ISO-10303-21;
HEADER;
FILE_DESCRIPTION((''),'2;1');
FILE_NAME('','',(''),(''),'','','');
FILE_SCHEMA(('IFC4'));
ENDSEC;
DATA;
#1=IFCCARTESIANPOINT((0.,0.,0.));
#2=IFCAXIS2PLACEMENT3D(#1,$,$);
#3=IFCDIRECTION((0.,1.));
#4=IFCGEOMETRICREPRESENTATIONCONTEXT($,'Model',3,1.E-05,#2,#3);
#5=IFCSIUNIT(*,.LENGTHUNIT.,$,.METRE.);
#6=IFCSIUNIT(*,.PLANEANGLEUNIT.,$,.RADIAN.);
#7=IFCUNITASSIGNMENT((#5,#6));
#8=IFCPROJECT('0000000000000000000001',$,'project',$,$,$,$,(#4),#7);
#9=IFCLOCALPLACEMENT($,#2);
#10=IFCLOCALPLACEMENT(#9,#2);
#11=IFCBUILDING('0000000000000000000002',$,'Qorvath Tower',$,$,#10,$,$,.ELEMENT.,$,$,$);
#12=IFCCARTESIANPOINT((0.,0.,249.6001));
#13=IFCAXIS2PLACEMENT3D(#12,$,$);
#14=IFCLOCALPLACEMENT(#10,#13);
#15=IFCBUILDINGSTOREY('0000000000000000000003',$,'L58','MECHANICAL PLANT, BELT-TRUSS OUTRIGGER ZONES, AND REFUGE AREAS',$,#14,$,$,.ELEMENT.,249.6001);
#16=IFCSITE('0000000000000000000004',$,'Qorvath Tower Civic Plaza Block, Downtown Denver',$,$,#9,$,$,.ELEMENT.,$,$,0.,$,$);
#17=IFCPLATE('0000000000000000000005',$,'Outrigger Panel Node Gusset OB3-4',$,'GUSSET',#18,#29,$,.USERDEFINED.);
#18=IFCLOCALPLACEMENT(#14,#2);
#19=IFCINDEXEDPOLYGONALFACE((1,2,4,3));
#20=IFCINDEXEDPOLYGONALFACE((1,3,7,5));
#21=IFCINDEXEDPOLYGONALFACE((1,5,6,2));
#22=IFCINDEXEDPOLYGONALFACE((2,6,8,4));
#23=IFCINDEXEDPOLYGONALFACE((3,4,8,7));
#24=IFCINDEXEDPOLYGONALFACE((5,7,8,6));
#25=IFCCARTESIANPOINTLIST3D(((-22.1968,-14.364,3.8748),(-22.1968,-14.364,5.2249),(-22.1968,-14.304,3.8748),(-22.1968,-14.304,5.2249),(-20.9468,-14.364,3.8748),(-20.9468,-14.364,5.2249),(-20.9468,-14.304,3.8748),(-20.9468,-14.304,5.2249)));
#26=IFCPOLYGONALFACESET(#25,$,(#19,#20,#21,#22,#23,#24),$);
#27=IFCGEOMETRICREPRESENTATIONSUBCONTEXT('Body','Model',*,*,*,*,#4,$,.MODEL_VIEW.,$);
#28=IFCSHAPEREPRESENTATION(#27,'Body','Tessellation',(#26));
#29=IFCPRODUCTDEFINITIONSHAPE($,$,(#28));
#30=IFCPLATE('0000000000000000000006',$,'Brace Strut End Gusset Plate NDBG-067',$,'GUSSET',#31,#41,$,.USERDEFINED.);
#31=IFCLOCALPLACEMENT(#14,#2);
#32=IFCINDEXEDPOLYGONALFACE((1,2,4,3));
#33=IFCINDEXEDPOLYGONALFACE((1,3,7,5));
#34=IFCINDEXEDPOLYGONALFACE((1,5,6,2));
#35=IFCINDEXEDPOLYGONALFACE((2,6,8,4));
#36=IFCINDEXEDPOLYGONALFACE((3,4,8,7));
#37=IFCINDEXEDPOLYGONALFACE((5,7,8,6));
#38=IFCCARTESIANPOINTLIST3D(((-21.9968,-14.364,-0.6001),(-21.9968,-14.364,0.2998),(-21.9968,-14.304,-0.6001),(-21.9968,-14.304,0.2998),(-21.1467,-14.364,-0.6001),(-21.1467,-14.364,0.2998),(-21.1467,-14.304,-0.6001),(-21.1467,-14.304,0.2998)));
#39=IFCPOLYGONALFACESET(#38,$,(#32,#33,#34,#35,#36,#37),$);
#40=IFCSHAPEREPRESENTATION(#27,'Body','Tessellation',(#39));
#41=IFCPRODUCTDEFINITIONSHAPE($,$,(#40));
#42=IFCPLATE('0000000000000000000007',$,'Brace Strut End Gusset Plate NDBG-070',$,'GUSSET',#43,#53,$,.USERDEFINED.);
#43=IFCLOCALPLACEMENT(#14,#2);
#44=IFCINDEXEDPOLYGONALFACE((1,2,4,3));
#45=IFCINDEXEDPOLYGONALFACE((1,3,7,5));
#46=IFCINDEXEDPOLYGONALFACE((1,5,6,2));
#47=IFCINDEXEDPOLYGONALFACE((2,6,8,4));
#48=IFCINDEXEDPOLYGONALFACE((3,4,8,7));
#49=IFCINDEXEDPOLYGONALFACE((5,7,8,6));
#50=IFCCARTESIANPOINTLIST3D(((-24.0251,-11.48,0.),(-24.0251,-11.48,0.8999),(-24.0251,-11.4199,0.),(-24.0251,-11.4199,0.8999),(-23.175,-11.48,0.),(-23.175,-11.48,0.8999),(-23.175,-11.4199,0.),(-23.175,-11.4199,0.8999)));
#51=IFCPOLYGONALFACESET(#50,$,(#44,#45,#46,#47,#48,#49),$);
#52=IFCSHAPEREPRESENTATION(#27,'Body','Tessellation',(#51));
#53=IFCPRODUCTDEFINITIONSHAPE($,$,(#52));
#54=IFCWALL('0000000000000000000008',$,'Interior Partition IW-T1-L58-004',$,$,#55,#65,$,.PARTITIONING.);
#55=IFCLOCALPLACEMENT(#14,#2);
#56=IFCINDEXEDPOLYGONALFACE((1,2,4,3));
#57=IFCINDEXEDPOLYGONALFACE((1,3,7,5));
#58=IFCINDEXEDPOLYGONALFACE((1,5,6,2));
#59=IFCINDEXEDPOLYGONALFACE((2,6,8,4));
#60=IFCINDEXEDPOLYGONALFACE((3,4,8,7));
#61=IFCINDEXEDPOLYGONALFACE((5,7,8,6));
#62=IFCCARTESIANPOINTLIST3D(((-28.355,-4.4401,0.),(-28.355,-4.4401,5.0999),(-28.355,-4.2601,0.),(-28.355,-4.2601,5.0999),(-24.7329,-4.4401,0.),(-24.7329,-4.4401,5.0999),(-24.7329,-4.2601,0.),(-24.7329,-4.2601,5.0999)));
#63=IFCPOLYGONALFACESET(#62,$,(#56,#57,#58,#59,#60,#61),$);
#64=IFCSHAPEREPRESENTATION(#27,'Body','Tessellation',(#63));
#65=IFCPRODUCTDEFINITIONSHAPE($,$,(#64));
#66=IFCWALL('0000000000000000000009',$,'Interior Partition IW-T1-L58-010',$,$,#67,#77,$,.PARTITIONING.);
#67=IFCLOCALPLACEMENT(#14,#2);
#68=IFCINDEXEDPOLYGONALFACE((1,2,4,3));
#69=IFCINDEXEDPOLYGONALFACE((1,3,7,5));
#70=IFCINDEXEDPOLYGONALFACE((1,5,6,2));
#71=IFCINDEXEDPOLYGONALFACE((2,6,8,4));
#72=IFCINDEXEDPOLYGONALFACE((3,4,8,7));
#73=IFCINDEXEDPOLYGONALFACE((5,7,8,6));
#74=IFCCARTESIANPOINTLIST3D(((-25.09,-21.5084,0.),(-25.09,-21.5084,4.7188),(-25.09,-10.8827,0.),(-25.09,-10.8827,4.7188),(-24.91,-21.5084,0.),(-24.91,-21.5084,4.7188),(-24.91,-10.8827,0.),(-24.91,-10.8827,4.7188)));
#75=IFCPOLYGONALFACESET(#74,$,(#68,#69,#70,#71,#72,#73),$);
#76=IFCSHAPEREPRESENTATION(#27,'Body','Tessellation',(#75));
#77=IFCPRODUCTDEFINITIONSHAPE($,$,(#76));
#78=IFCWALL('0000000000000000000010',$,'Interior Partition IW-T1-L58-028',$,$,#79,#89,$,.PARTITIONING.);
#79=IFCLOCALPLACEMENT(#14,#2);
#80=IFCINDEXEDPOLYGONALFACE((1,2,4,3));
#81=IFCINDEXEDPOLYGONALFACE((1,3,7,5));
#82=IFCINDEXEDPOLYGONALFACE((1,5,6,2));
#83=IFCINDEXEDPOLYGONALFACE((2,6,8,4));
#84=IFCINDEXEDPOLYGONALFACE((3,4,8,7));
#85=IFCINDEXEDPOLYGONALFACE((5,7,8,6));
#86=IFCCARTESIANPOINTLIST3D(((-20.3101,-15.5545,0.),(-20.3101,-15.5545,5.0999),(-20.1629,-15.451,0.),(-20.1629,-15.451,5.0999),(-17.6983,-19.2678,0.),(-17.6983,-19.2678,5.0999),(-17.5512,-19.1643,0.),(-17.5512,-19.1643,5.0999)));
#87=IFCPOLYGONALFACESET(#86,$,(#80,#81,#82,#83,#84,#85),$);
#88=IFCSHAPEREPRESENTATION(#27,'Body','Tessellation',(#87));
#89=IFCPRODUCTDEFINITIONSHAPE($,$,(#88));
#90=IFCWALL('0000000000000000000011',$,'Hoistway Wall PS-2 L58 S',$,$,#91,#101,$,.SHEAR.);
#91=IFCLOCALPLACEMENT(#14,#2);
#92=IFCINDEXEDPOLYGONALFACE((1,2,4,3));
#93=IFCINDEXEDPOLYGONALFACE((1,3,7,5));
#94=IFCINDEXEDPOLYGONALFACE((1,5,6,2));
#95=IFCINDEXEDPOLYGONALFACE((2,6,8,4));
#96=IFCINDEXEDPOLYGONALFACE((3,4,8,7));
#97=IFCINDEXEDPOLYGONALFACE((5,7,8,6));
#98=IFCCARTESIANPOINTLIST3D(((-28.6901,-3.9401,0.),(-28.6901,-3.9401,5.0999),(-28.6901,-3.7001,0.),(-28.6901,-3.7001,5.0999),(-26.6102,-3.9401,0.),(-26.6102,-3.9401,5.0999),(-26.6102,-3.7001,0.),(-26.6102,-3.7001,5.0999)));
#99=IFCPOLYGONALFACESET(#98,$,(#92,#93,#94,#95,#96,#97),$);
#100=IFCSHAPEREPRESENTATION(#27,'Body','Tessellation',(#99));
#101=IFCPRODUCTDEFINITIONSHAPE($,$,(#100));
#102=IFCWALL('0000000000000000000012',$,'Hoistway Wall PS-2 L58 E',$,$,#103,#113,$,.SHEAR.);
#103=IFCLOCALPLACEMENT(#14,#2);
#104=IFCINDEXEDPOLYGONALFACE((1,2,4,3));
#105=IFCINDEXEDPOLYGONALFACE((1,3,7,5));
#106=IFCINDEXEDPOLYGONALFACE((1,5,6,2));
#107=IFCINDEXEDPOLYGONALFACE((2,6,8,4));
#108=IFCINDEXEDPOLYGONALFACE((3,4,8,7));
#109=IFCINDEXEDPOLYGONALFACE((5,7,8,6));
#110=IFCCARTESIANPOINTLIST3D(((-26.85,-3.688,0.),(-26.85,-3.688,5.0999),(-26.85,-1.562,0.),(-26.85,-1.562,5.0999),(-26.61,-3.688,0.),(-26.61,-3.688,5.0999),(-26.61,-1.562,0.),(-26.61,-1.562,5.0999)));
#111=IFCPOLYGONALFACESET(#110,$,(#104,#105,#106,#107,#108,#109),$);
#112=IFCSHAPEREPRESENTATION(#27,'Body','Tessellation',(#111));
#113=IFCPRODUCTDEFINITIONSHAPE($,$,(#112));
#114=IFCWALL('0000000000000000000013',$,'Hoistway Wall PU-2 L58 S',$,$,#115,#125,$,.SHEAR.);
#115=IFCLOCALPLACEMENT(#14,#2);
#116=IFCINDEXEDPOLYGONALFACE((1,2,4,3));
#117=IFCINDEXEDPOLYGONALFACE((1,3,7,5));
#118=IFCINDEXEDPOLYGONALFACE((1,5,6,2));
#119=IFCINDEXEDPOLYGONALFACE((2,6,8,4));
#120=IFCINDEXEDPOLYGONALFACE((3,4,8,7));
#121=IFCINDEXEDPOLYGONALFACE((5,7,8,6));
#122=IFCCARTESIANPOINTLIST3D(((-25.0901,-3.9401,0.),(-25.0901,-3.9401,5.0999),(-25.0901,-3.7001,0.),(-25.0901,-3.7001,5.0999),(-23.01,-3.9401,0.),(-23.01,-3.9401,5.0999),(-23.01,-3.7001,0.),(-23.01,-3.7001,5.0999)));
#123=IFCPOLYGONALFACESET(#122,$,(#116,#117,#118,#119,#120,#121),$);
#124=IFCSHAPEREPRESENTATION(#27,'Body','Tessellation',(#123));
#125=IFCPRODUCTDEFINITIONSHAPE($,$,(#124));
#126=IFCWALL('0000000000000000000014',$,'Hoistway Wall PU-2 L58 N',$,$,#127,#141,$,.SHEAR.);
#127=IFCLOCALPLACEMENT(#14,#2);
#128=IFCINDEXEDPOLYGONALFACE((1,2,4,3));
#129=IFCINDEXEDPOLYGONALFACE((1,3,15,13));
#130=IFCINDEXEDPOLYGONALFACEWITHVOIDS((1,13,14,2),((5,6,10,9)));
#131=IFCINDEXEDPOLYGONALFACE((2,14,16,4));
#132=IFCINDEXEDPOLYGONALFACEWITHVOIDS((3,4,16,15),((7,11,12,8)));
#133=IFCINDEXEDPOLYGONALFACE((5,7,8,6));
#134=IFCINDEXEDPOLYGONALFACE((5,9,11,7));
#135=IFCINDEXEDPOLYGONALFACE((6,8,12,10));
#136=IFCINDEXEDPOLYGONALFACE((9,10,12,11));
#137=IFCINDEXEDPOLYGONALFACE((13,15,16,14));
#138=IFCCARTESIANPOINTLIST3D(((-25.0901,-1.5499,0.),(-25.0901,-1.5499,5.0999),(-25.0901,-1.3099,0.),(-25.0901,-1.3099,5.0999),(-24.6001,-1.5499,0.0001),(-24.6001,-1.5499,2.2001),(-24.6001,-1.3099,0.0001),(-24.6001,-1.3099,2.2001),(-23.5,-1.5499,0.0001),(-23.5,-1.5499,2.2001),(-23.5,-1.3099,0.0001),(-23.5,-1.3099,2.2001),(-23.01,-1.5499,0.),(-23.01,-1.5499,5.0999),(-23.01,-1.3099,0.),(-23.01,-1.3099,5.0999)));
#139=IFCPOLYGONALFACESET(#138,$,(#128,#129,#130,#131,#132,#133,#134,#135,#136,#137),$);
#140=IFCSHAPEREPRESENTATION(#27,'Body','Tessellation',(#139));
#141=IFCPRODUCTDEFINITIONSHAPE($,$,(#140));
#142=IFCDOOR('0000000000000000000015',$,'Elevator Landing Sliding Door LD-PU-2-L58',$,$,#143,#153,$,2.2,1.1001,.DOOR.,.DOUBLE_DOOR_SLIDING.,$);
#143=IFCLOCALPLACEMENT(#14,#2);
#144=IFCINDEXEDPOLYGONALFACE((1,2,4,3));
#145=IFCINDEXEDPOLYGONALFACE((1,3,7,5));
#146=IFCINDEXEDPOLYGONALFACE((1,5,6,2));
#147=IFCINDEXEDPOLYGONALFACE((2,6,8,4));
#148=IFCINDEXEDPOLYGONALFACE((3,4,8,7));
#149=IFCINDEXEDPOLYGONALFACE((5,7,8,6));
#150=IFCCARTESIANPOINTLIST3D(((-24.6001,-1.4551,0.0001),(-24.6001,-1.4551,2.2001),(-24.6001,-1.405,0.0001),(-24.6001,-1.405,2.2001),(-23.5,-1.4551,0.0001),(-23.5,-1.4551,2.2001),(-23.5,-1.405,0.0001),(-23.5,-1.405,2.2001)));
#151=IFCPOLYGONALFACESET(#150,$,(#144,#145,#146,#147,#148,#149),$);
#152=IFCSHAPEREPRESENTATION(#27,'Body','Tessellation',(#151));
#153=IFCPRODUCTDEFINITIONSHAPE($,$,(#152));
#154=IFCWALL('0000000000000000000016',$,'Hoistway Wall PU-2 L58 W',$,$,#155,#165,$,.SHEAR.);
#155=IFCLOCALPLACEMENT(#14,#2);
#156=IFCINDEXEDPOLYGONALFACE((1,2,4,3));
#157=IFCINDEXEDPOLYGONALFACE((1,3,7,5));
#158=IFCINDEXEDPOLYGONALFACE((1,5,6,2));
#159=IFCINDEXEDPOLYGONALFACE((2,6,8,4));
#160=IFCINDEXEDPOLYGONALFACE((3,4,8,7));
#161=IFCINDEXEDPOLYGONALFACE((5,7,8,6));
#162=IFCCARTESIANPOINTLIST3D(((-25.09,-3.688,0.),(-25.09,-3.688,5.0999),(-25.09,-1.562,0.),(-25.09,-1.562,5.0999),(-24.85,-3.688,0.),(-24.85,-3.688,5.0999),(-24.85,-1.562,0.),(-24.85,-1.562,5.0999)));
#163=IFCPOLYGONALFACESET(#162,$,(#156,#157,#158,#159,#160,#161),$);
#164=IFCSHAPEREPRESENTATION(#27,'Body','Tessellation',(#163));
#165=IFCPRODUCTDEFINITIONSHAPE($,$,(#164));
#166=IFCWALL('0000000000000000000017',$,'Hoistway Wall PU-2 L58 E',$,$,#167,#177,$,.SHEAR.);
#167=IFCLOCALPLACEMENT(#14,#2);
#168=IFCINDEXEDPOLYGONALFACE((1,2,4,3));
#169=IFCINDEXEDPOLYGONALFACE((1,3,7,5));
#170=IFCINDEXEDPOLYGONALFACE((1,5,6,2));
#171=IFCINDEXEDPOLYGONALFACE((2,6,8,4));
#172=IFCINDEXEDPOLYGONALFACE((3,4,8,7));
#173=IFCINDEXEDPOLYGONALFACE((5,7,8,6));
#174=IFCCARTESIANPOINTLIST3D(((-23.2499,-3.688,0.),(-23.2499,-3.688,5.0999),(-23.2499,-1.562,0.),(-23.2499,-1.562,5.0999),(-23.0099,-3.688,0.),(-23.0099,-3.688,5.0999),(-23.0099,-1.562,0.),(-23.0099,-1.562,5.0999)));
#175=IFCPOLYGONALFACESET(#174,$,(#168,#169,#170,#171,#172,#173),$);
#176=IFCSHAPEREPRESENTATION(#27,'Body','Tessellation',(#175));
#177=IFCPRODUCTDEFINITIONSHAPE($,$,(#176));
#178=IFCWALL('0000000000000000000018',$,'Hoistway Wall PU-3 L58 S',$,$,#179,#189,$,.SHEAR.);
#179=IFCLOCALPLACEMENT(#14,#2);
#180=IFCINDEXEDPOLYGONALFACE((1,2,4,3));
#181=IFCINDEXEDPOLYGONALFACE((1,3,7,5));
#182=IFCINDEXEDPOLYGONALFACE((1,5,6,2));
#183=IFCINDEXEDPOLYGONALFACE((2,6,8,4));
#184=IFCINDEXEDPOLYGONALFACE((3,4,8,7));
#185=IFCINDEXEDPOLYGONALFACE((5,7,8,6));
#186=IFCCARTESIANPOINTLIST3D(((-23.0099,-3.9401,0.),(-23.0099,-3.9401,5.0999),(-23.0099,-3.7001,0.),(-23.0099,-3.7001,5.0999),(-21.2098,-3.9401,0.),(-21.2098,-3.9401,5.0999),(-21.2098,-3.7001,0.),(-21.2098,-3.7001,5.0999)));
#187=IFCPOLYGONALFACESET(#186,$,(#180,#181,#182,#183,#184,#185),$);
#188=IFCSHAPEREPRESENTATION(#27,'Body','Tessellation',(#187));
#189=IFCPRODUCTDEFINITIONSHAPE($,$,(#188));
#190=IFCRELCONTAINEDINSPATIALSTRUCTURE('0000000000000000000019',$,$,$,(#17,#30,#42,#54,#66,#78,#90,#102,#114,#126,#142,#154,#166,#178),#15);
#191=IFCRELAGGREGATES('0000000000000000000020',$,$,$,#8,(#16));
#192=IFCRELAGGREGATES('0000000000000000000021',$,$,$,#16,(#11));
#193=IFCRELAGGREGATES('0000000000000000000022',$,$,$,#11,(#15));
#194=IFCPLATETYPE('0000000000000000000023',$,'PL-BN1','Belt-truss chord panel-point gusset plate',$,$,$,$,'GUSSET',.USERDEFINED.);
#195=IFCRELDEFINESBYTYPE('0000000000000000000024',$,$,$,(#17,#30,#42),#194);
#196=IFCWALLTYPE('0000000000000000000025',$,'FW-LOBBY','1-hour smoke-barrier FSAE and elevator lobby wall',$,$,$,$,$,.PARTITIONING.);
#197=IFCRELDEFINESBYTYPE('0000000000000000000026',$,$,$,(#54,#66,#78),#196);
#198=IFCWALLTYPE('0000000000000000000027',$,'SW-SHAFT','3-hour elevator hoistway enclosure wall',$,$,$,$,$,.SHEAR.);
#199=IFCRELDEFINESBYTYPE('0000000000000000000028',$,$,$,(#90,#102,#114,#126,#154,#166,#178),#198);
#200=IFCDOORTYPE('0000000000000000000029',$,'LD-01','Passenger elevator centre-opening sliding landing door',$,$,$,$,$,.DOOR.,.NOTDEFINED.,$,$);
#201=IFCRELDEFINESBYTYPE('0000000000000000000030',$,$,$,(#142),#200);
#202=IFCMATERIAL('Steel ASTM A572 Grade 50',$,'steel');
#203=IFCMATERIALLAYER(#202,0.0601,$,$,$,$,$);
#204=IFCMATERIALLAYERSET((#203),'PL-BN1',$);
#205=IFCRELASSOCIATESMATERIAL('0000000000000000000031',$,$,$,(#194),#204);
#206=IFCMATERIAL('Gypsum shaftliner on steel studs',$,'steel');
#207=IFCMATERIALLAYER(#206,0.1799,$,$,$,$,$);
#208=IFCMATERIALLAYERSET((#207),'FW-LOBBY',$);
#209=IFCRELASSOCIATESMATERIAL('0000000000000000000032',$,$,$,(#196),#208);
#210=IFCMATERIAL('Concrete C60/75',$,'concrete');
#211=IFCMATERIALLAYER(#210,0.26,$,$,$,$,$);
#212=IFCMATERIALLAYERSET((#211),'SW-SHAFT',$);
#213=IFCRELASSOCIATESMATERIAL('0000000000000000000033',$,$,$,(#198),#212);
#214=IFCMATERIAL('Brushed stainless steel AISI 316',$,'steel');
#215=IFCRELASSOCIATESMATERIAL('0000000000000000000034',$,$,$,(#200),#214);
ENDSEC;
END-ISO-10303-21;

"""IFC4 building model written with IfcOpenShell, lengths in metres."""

from ifc_helpers import new_model, si_unit, direction, frame, frame_2d, origin, origin_2d, place, context, subcontext, project, spatial, rectangle, extrude, material, layer, layer_set, type_object, element, fill, save


model = new_model("IFC4")

# Units and contexts
model_context = context("Model", 3, precision=1e-05, world=origin(), true_north=direction((0.0, 1.0)))
body_context = subcontext(model_context, "Body", "Model", "MODEL_VIEW")
ifc_project = project(units=[si_unit("LENGTHUNIT", "METRE"), si_unit("PLANEANGLEUNIT", "RADIAN")], contexts=[model_context])

# Site, building, storey
site_placement = place(None, origin())
site = spatial("IfcSite", under=ifc_project, at=site_placement, Name="Qorvath Tower Civic Plaza Block, Downtown Denver", CompositionType="ELEMENT", RefElevation=0.0)
building_placement = place(site_placement, origin())
building = spatial("IfcBuilding", under=site, at=building_placement, Name="Qorvath Tower", CompositionType="ELEMENT")
storey_placement = place(building_placement, frame((0.0, 0.0, 249.6001)))
storey = spatial("IfcBuildingStorey", under=building, at=storey_placement, Name="L58", Description="MECHANICAL PLANT, BELT-TRUSS OUTRIGGER ZONES, AND REFUGE AREAS", CompositionType="ELEMENT", Elevation=249.6001)

# Plates
ifc_material_1 = material(Name="Steel ASTM A572 Grade 50", Category="steel")
ifc_layer_1 = layer(ifc_material_1, 0.0601)
ifc_layer_set_1 = layer_set([ifc_layer_1], Name="PL-BN1")
plate_type = type_object("IfcPlateType", Name="PL-BN1", Description="Belt-truss chord panel-point gusset plate", ElementType="GUSSET", PredefinedType="USERDEFINED", material=ifc_layer_set_1)
plate_placement = place(storey_placement, frame((-21.5718, -14.334, 3.8748), z_axis=(0.0, 0.0, 1.0), x_axis=(1.0, 0.0, 0.0)))
element("IfcPlate", 1, at=plate_placement, inside=storey, type_object=plate_type, Name="Outrigger Panel Node Gusset OB3-4", ObjectType="GUSSET", PredefinedType="USERDEFINED", context=body_context, shape_type="SweptSolid", body=[
    extrude(rectangle(XDim=1.25, YDim=0.0601, at=origin_2d()), origin(), (0.0, 0.0, 1.0), 1.3501),
])
for number, where, z_axis, x_axis, name in (
    (2, (-21.5718, -14.334, -0.6001), (0.0, 0.0, 1.0), (1.0, 0.0, 0.0), "Brace Strut End Gusset Plate NDBG-067"),
    (3, (-23.6001, -11.45, 0.0), (0.0, 0.0, 1.0), (1.0, 0.0, 0.0), "Brace Strut End Gusset Plate NDBG-070"),
):
    element("IfcPlate", number, at=place(storey_placement, frame(where, z_axis=z_axis, x_axis=x_axis)), inside=storey, type_object=plate_type, Name=name, ObjectType="GUSSET", PredefinedType="USERDEFINED", context=body_context, shape_type="SweptSolid", body=[
        extrude(rectangle(XDim=0.8501, YDim=0.0601, at=origin_2d()), origin(), (0.0, 0.0, 1.0), 0.8999),
    ])

# Walls
ifc_material_2 = material(Name="Gypsum shaftliner on steel studs", Category="steel")
ifc_layer_2 = layer(ifc_material_2, 0.1799)
ifc_layer_set_2 = layer_set([ifc_layer_2], Name="FW-LOBBY")
wall_type_1 = type_object("IfcWallType", Name="FW-LOBBY", Description="1-hour smoke-barrier FSAE and elevator lobby wall", PredefinedType="PARTITIONING", material=ifc_layer_set_2)
wall_1_placement = place(storey_placement, frame((-24.7329, -4.3501, 0.0), z_axis=(0.0, 0.0, 1.0), x_axis=(-1.0, 0.0, 0.0)))
element("IfcWall", 4, at=wall_1_placement, inside=storey, type_object=wall_type_1, Name="Interior Partition IW-T1-L58-004", PredefinedType="PARTITIONING", context=body_context, shape_type="SweptSolid", body=[
    extrude(rectangle(XDim=3.6221, YDim=0.1799, at=frame_2d((1.811, 0.0))), origin(), (0.0, 0.0, 1.0), 5.0999),
])
wall_2_placement = place(storey_placement, frame((-25.0, -21.5085, 0.0), z_axis=(0.0, 0.0, 1.0), x_axis=(0.0, 1.0, 0.0)))
element("IfcWall", 5, at=wall_2_placement, inside=storey, type_object=wall_type_1, Name="Interior Partition IW-T1-L58-010", PredefinedType="PARTITIONING", context=body_context, shape_type="SweptSolid", body=[
    extrude(rectangle(XDim=10.6257, YDim=0.1799, at=frame_2d((5.313, 0.0))), origin(), (0.0, 0.0, 1.0), 4.7188),
])
wall_3_placement = place(storey_placement, frame((-20.2366, -15.5027, 0.0), z_axis=(0.0, 0.0, 1.0), x_axis=(0.575302, -0.817941, 0.0)))
element("IfcWall", 6, at=wall_3_placement, inside=storey, type_object=wall_type_1, Name="Interior Partition IW-T1-L58-028", PredefinedType="PARTITIONING", context=body_context, shape_type="SweptSolid", body=[
    extrude(rectangle(XDim=4.5398, YDim=0.1799, at=frame_2d((2.27, 0.0))), origin(), (0.0, 0.0, 1.0), 5.0999),
])
ifc_material_3 = material(Name="Concrete C60/75", Category="concrete")
ifc_layer_3 = layer(ifc_material_3, 0.26)
ifc_layer_set_3 = layer_set([ifc_layer_3], Name="SW-SHAFT")
wall_type_2 = type_object("IfcWallType", Name="SW-SHAFT", Description="3-hour elevator hoistway enclosure wall", PredefinedType="SHEAR", material=ifc_layer_set_3)
wall_4_placement = place(storey_placement, frame((-26.6101, -3.8201, 0.0), z_axis=(0.0, 0.0, 1.0), x_axis=(-1.0, 0.0, 0.0)))
element("IfcWall", 7, at=wall_4_placement, inside=storey, type_object=wall_type_2, Name="Hoistway Wall PS-2 L58 S", PredefinedType="SHEAR", context=body_context, shape_type="SweptSolid", body=[
    extrude(rectangle(XDim=2.0798, YDim=0.24, at=frame_2d((1.04, 0.0))), origin(), (0.0, 0.0, 1.0), 5.0999),
])
wall_5_placement = place(storey_placement, frame((-26.73, -1.562, 0.0), z_axis=(0.0, 0.0, 1.0), x_axis=(0.0, -1.0, 0.0)))
element("IfcWall", 8, at=wall_5_placement, inside=storey, type_object=wall_type_2, Name="Hoistway Wall PS-2 L58 E", PredefinedType="SHEAR", context=body_context, shape_type="SweptSolid", body=[
    extrude(rectangle(XDim=2.126, YDim=0.24, at=frame_2d((1.063, 0.0))), origin(), (0.0, 0.0, 1.0), 5.0999),
])
wall_6_placement = place(storey_placement, frame((-23.01, -3.8201, 0.0), z_axis=(0.0, 0.0, 1.0), x_axis=(-1.0, 0.0, 0.0)))
element("IfcWall", 9, at=wall_6_placement, inside=storey, type_object=wall_type_2, Name="Hoistway Wall PU-2 L58 S", PredefinedType="SHEAR", context=body_context, shape_type="SweptSolid", body=[
    extrude(rectangle(XDim=2.0801, YDim=0.24, at=frame_2d((1.04, 0.0))), origin(), (0.0, 0.0, 1.0), 5.0999),
])

# Wall, opening, door
wall_7_placement = place(storey_placement, frame((-25.0901, -1.4299, 0.0), z_axis=(0.0, 0.0, 1.0), x_axis=(1.0, 0.0, 0.0)))
wall_7 = element("IfcWall", 10, at=wall_7_placement, inside=storey, type_object=wall_type_2, Name="Hoistway Wall PU-2 L58 N", PredefinedType="SHEAR", context=body_context, shape_type="SweptSolid", body=[
    extrude(rectangle(XDim=2.0801, YDim=0.24, at=frame_2d((1.04, 0.0))), origin(), (0.0, 0.0, 1.0), 5.0999),
])
opening_1_placement = place(wall_7_placement, frame((0.49, 0.0, 0.0)))
opening_1 = element("IfcOpeningElement", 11, at=opening_1_placement, cuts=wall_7, PredefinedType="OPENING", context=body_context, shape_type="SweptSolid", body=[
    extrude(rectangle(XDim=1.1001, YDim=2.2, at=frame_2d((0.55, 1.1001))), frame((0.0, 0.1299, 0.0), z_axis=(0.0, -1.0, 0.0), x_axis=(1.0, 0.0, 0.0)), (0.0, 0.0, 1.0), 0.26),
])
ifc_material_4 = material(Name="Brushed stainless steel AISI 316", Category="steel")
door_type_1 = type_object("IfcDoorType", Name="LD-01", Description="Passenger elevator centre-opening sliding landing door", OperationType="NOTDEFINED", PredefinedType="DOOR", material=ifc_material_4)
door_1_placement = place(opening_1_placement, origin())
door_1 = element("IfcDoor", 12, at=door_1_placement, inside=storey, type_object=door_type_1, Name="Elevator Landing Sliding Door LD-PU-2-L58", OperationType="DOUBLE_DOOR_SLIDING", OverallHeight=2.2, OverallWidth=1.1001, PredefinedType="DOOR", context=body_context, shape_type="SweptSolid", body=[
    extrude(rectangle(XDim=1.1001, YDim=2.2, at=frame_2d((0.55, 1.1001))), frame((0.0, 0.0249, 0.0), z_axis=(0.0, -1.0, 0.0), x_axis=(1.0, 0.0, 0.0)), (0.0, 0.0, 1.0), 0.05),
])
fill(opening_1, door_1)

# Walls
for number, where, z_axis, x_axis, name in (
    (13, (-24.97, -3.688, 0.0), (0.0, 0.0, 1.0), (0.0, 1.0, 0.0), "Hoistway Wall PU-2 L58 W"),
    (14, (-23.1299, -1.562, 0.0), (0.0, 0.0, 1.0), (0.0, -1.0, 0.0), "Hoistway Wall PU-2 L58 E"),
):
    element("IfcWall", number, at=place(storey_placement, frame(where, z_axis=z_axis, x_axis=x_axis)), inside=storey, type_object=wall_type_2, Name=name, PredefinedType="SHEAR", context=body_context, shape_type="SweptSolid", body=[
        extrude(rectangle(XDim=2.126, YDim=0.24, at=frame_2d((1.063, 0.0))), origin(), (0.0, 0.0, 1.0), 5.0999),
    ])
wall_8_placement = place(storey_placement, frame((-21.21, -3.8201, 0.0), z_axis=(0.0, 0.0, 1.0), x_axis=(-1.0, 0.0, 0.0)))
element("IfcWall", 15, at=wall_8_placement, inside=storey, type_object=wall_type_2, Name="Hoistway Wall PU-3 L58 S", PredefinedType="SHEAR", context=body_context, shape_type="SweptSolid", body=[
    extrude(rectangle(XDim=1.8, YDim=0.24, at=frame_2d((0.8999, 0.0))), origin(), (0.0, 0.0, 1.0), 5.0999),
])

save(model, "model.ifc")
